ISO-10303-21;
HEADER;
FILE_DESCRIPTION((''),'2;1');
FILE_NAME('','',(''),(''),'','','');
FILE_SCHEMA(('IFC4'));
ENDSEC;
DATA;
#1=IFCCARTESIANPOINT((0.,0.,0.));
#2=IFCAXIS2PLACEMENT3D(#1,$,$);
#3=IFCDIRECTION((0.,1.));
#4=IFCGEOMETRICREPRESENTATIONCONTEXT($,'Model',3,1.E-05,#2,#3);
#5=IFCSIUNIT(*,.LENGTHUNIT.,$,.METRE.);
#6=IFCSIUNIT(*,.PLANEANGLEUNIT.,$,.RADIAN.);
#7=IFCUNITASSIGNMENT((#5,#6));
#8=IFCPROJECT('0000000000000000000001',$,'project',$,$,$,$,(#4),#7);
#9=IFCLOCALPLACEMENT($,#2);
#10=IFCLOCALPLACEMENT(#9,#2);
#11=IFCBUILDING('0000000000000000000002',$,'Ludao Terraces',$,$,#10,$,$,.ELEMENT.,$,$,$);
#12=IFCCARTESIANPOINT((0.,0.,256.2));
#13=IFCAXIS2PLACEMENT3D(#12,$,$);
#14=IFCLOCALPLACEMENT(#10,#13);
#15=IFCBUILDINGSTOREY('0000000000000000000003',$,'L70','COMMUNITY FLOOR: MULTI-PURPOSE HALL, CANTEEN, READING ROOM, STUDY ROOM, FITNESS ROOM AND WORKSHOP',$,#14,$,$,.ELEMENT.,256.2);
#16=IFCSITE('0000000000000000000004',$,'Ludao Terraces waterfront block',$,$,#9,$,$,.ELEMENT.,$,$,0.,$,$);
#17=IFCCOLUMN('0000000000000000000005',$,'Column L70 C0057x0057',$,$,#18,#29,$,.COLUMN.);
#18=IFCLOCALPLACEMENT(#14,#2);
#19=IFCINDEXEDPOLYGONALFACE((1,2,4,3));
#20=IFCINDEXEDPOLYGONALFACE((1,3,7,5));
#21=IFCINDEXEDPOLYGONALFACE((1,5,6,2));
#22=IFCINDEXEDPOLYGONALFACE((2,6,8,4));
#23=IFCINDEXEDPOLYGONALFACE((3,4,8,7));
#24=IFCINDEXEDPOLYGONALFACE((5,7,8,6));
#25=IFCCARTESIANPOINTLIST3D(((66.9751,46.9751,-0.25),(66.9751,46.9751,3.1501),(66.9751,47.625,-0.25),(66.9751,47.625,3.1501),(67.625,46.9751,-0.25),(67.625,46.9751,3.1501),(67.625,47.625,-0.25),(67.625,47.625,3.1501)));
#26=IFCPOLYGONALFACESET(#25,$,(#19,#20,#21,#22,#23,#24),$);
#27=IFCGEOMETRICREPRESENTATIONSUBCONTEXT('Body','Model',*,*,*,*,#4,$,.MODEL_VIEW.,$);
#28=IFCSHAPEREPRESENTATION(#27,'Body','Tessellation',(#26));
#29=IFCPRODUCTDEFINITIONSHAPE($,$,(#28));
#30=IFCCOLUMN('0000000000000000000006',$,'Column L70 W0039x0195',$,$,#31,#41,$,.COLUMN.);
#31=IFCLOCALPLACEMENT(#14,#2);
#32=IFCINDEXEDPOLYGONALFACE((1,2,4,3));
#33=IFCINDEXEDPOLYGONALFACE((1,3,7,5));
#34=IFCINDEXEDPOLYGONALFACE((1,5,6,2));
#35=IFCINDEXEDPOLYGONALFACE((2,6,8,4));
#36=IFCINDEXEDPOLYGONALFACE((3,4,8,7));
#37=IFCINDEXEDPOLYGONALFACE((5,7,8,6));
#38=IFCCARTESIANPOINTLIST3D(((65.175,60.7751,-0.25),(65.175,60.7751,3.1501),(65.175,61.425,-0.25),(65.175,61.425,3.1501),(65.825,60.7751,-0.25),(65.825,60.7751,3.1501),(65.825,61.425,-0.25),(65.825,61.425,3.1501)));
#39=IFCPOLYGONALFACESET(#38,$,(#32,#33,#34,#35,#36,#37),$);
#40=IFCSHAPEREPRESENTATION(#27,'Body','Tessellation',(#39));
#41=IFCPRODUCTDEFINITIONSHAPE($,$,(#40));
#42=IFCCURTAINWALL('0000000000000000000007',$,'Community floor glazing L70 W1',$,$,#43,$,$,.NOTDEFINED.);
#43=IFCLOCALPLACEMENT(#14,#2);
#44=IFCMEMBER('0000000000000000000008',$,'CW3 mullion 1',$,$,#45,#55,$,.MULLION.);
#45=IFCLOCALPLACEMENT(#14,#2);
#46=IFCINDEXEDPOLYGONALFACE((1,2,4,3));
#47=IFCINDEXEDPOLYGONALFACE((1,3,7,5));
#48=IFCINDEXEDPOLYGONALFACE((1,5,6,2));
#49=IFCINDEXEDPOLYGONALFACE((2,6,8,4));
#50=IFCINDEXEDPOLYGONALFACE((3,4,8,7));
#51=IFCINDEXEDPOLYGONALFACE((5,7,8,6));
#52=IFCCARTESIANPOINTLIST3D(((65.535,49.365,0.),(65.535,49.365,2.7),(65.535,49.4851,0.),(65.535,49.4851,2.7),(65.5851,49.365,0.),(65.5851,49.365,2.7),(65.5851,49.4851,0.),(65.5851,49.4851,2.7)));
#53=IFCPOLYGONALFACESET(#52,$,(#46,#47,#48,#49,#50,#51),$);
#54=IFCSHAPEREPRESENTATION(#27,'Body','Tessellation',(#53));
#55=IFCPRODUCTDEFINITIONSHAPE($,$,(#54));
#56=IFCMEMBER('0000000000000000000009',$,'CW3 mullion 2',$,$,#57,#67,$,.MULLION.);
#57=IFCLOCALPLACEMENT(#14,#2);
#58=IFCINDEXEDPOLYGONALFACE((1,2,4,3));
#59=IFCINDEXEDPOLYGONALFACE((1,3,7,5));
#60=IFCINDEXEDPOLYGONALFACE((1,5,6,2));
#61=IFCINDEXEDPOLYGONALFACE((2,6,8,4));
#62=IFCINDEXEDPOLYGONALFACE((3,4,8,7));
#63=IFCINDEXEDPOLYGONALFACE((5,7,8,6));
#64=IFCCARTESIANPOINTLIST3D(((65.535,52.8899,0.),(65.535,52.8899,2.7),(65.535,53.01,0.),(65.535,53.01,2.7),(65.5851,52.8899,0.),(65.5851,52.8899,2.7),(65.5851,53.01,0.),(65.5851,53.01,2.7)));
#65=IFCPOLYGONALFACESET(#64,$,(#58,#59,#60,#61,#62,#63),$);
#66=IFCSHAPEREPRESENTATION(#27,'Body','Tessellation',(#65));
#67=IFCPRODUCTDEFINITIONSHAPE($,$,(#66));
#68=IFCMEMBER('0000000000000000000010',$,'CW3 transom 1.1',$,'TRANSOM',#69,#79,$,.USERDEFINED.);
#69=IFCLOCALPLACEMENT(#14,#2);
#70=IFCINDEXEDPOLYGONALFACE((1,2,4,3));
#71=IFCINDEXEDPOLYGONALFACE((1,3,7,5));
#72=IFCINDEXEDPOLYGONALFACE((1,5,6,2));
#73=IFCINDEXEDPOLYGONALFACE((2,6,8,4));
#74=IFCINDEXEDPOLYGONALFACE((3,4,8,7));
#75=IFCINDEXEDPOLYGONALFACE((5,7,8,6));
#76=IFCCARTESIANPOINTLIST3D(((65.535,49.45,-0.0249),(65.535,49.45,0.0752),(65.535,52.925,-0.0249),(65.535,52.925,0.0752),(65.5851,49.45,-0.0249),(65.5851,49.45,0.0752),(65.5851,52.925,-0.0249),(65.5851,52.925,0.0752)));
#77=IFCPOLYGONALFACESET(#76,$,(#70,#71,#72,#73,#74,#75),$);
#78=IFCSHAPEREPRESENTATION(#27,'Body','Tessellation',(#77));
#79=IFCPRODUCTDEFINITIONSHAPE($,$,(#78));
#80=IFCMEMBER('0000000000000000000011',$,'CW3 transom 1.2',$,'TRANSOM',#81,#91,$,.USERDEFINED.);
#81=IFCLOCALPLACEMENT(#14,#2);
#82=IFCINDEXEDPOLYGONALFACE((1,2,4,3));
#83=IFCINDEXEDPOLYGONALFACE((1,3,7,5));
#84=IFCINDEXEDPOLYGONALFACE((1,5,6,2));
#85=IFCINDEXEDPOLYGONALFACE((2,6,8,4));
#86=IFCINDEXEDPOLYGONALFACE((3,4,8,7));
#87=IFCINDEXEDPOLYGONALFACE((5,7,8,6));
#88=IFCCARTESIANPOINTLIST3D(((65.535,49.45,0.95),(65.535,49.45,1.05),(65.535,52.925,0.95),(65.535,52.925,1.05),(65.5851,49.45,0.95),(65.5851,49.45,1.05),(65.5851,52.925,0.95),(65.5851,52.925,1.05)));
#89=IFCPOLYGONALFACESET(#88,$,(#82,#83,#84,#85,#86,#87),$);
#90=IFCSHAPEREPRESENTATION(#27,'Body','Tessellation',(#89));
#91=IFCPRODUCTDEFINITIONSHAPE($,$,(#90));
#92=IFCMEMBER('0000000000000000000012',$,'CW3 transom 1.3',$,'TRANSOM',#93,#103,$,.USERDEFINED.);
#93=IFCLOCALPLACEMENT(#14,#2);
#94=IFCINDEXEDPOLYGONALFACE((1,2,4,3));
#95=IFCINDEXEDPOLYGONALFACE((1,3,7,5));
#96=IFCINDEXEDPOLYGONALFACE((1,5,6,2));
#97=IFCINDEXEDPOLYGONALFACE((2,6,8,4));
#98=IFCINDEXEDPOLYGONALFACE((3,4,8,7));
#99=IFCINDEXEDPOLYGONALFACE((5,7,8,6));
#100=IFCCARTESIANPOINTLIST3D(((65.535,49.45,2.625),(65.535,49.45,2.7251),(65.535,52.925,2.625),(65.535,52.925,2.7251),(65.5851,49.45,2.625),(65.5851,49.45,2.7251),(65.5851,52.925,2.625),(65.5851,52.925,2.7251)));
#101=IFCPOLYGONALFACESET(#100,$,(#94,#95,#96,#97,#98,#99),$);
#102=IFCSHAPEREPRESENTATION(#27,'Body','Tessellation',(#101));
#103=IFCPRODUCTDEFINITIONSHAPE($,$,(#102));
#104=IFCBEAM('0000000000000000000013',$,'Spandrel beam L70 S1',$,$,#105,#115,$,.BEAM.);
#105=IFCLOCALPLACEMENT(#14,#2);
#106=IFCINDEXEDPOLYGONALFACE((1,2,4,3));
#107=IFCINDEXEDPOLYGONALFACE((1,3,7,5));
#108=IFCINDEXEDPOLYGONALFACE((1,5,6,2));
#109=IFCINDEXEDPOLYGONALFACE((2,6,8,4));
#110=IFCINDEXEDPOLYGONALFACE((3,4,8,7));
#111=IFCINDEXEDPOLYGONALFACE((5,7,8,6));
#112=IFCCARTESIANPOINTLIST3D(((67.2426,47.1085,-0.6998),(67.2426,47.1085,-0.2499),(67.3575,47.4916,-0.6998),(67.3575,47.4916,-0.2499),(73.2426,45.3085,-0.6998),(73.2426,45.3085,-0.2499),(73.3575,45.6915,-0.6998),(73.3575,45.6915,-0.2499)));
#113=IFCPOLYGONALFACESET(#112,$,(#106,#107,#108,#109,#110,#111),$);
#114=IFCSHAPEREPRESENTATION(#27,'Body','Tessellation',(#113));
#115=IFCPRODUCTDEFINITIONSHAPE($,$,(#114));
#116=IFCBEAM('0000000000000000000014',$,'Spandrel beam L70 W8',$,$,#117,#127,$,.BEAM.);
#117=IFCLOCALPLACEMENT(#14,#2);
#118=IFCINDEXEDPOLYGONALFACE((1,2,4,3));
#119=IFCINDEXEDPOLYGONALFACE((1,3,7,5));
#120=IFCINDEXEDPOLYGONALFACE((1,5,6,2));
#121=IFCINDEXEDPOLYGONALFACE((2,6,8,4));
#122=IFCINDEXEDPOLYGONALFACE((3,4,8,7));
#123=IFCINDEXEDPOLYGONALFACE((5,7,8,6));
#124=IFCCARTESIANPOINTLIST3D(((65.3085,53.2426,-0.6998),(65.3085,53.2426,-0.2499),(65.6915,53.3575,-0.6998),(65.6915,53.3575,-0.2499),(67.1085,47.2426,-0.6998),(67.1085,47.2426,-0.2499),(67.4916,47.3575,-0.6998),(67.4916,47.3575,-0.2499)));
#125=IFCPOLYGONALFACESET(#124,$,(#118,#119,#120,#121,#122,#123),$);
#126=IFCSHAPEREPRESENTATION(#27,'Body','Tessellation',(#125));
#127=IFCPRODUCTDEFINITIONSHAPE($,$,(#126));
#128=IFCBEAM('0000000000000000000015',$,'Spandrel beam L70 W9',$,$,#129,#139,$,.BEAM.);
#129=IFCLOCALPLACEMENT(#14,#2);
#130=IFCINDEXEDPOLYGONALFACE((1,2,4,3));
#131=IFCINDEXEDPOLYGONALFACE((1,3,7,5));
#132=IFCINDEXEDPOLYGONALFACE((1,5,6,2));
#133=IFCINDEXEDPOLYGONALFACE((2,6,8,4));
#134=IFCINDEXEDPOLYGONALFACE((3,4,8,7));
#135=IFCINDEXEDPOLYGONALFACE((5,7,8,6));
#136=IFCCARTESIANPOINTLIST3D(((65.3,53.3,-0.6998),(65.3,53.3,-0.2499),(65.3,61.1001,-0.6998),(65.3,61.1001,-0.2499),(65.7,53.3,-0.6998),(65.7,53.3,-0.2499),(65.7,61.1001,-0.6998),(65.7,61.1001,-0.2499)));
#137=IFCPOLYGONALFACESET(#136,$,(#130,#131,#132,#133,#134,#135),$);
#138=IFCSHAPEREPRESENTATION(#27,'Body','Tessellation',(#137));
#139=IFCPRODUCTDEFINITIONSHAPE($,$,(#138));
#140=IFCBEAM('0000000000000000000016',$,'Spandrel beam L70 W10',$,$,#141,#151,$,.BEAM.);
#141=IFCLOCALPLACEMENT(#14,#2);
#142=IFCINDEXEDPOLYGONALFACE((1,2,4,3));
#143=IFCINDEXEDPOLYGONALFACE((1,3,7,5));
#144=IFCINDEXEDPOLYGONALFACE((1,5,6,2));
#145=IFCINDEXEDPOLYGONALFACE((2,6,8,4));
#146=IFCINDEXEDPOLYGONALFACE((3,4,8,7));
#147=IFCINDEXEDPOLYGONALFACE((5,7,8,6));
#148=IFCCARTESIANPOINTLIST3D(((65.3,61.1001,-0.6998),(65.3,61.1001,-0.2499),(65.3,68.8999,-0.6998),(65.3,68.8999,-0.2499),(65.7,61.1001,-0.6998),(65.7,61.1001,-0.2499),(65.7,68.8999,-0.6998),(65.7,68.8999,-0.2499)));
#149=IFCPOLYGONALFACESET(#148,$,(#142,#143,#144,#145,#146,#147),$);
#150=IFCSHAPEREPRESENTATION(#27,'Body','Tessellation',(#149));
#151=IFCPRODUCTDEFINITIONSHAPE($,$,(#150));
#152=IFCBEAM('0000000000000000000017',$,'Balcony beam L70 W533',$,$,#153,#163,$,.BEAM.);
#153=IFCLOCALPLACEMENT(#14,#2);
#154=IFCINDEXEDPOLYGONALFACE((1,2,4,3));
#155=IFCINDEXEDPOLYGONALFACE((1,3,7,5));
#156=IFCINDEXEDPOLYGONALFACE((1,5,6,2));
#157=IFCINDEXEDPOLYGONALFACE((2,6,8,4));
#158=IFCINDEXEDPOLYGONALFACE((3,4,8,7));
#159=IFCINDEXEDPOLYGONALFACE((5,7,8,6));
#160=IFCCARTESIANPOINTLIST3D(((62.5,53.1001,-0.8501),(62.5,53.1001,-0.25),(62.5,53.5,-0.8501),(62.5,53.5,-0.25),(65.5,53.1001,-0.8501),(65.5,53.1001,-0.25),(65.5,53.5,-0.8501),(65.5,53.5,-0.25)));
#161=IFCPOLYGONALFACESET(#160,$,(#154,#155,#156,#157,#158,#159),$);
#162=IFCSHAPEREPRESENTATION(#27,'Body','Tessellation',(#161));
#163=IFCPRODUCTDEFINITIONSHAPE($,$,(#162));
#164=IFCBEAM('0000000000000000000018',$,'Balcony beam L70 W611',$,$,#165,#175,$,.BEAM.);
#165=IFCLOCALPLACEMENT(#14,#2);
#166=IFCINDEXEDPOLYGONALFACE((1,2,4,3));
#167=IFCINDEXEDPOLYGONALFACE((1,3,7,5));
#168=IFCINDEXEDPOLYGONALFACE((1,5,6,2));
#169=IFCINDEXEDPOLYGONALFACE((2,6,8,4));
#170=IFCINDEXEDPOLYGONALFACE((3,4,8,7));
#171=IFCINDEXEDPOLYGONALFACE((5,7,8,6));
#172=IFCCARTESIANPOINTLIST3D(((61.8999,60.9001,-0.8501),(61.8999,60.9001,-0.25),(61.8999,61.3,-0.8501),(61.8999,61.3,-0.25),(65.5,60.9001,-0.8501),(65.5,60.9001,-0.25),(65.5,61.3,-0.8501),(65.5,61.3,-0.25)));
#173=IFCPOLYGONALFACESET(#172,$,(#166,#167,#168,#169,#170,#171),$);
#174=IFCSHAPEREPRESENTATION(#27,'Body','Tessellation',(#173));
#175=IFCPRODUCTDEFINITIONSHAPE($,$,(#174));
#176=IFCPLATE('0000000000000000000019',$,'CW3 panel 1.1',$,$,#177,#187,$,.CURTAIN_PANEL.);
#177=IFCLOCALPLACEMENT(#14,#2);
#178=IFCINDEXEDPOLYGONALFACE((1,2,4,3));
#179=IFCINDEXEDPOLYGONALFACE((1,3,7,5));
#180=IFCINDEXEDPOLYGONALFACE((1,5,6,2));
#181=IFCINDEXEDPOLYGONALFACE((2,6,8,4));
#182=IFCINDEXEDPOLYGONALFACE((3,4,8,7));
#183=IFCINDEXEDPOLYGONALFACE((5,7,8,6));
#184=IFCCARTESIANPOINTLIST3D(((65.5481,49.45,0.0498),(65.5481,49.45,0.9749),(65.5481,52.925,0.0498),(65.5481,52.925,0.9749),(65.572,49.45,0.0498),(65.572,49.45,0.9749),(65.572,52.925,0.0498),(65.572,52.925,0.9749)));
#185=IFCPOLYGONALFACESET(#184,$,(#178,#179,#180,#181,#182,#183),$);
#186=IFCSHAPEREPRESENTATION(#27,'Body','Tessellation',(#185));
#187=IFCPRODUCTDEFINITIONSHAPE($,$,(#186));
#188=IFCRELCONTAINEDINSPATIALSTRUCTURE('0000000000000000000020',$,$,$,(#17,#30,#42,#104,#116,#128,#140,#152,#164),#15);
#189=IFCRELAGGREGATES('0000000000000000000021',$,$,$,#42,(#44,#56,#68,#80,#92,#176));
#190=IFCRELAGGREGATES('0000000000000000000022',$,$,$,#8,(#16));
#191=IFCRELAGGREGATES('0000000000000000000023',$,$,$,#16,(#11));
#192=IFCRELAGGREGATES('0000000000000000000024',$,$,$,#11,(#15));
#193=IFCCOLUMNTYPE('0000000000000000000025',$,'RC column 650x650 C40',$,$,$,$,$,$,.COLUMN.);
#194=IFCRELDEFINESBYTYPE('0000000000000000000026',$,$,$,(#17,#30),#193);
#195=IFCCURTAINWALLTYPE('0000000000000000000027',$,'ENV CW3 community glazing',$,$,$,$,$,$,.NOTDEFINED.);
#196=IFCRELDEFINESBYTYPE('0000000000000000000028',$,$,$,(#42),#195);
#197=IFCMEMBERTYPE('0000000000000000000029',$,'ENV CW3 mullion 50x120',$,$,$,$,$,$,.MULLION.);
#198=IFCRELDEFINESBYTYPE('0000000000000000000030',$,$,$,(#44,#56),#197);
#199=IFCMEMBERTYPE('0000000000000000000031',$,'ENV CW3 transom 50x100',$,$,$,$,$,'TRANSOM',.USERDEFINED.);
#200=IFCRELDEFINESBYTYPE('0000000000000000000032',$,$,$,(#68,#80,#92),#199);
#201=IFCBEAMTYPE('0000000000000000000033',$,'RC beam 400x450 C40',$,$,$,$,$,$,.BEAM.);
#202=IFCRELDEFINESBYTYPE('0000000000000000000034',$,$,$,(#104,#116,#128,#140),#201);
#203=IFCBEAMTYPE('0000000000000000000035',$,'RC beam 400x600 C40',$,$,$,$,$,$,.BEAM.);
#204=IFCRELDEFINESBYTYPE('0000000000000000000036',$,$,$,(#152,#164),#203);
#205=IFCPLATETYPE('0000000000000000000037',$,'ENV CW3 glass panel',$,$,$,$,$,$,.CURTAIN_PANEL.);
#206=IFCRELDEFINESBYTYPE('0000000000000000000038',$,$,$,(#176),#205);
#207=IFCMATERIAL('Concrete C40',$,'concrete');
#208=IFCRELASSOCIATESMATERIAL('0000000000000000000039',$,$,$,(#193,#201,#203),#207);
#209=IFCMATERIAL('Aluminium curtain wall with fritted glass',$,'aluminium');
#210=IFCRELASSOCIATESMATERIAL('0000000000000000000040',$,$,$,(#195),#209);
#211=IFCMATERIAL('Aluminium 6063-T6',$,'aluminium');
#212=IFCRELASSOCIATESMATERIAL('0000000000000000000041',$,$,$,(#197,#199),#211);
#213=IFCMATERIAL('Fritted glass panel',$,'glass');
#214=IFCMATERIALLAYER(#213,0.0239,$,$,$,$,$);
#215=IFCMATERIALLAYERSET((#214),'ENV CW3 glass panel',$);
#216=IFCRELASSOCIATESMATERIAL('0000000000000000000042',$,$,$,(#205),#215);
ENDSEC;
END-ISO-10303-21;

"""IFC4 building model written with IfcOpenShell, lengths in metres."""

from ifc_helpers import new_model, si_unit, direction, frame, origin, origin_2d, place, context, subcontext, project, spatial, rectangle, extrude, material, layer, layer_set, material_profile, profile_set, type_object, element, aggregate, save


model = new_model("IFC4")

# Units and contexts
model_context = context("Model", 3, precision=1e-05, world=origin(), true_north=direction((0.0, 1.0)))
body_context = subcontext(model_context, "Body", "Model", "MODEL_VIEW")
ifc_project = project(units=[si_unit("LENGTHUNIT", "METRE"), si_unit("PLANEANGLEUNIT", "RADIAN")], contexts=[model_context])

# Site, building, storey
site_placement = place(None, origin())
site = spatial("IfcSite", under=ifc_project, at=site_placement, Name="Ludao Terraces waterfront block", CompositionType="ELEMENT", RefElevation=0.0)
building_placement = place(site_placement, origin())
building = spatial("IfcBuilding", under=site, at=building_placement, Name="Ludao Terraces", CompositionType="ELEMENT")
storey_placement = place(building_placement, frame((0.0, 0.0, 256.2)))
storey = spatial("IfcBuildingStorey", under=building, at=storey_placement, Name="L70", Description="COMMUNITY FLOOR: MULTI-PURPOSE HALL, CANTEEN, READING ROOM, STUDY ROOM, FITNESS ROOM AND WORKSHOP", CompositionType="ELEMENT", Elevation=256.2)

# Columns
ifc_material_1 = material(Name="Concrete C40", Category="concrete")
ifc_material_profile_1 = material_profile(ifc_material_1, rectangle(XDim=0.6499, YDim=0.6499, at=origin_2d()), Name="650 X 650")
ifc_profile_set_1 = profile_set([ifc_material_profile_1], Name="Concrete C40")
column_type = type_object("IfcColumnType", Name="RC column 650x650 C40", PredefinedType="COLUMN", material=ifc_profile_set_1)
for number, where, z_axis, x_axis, name in (
    (1, (67.3, 47.3, -0.25), (0.0, 0.0, 1.0), (1.0, 0.0, 0.0), "Column L70 C0057x0057"),
    (2, (65.5, 61.1001, -0.25), (0.0, 0.0, 1.0), (1.0, 0.0, 0.0), "Column L70 W0039x0195"),
):
    element("IfcColumn", number, at=place(storey_placement, frame(where, z_axis=z_axis, x_axis=x_axis)), inside=storey, type_object=column_type, Name=name, PredefinedType="COLUMN", context=body_context, shape_type="SweptSolid", body=[
        extrude(rectangle(XDim=0.6499, YDim=0.6499, at=origin_2d()), origin(), (0.0, 0.0, 1.0), 3.4001),
    ])

# Curtain wall, members
ifc_material_2 = material(Name="Aluminium curtain wall with fritted glass", Category="aluminium")
curtain_wall_type = type_object("IfcCurtainWallType", Name="ENV CW3 community glazing", PredefinedType="NOTDEFINED", material=ifc_material_2)
curtain_wall_placement = place(storey_placement, origin())
curtain_wall = element("IfcCurtainWall", 3, at=curtain_wall_placement, inside=storey, type_object=curtain_wall_type, Name="Community floor glazing L70 W1", PredefinedType="NOTDEFINED")
ifc_material_3 = material(Name="Aluminium 6063-T6", Category="aluminium")
ifc_material_profile_2 = material_profile(ifc_material_3, rectangle(XDim=0.05, YDim=0.1201, at=origin_2d()), Name="50 X 120")
ifc_profile_set_2 = profile_set([ifc_material_profile_2], Name="Aluminium 6063-T6")
member_type_1 = type_object("IfcMemberType", Name="ENV CW3 mullion 50x120", PredefinedType="MULLION", material=ifc_profile_set_2)
member_1_placement = place(storey_placement, frame((65.5601, 49.425, 0.0), z_axis=(0.0, 0.0, 1.0), x_axis=(-1.0, 0.0, 0.0)))
member_1 = element("IfcMember", 4, at=member_1_placement, type_object=member_type_1, Name="CW3 mullion 1", PredefinedType="MULLION", context=body_context, shape_type="SweptSolid", body=[
    extrude(rectangle(XDim=0.05, YDim=0.1201, at=origin_2d()), origin(), (0.0, 0.0, 1.0), 2.7),
])
member_2_placement = place(storey_placement, frame((65.5601, 52.95, 0.0), z_axis=(0.0, 0.0, 1.0), x_axis=(-1.0, 0.0, 0.0)))
member_2 = element("IfcMember", 5, at=member_2_placement, type_object=member_type_1, Name="CW3 mullion 2", PredefinedType="MULLION", context=body_context, shape_type="SweptSolid", body=[
    extrude(rectangle(XDim=0.05, YDim=0.1201, at=origin_2d()), origin(), (0.0, 0.0, 1.0), 2.7),
])
ifc_material_profile_3 = material_profile(ifc_material_3, rectangle(XDim=0.05, YDim=0.1001, at=origin_2d()), Name="50 X 100")
ifc_profile_set_3 = profile_set([ifc_material_profile_3], Name="Aluminium 6063-T6")
member_type_2 = type_object("IfcMemberType", Name="ENV CW3 transom 50x100", ElementType="TRANSOM", PredefinedType="USERDEFINED", material=ifc_profile_set_3)
member_3_placement = place(storey_placement, frame((65.5601, 49.45, 0.0251), z_axis=(0.0, 1.0, 0.0), x_axis=(-1.0, 0.0, 0.0)))
member_3 = element("IfcMember", 6, at=member_3_placement, type_object=member_type_2, Name="CW3 transom 1.1", ObjectType="TRANSOM", PredefinedType="USERDEFINED", context=body_context, shape_type="SweptSolid", body=[
    extrude(rectangle(XDim=0.05, YDim=0.1001, at=origin_2d()), origin(), (0.0, 0.0, 1.0), 3.4751),
])
member_4_placement = place(storey_placement, frame((65.5601, 49.45, 1.0), z_axis=(0.0, 1.0, 0.0), x_axis=(-1.0, 0.0, 0.0)))
member_4 = element("IfcMember", 7, at=member_4_placement, type_object=member_type_2, Name="CW3 transom 1.2", ObjectType="TRANSOM", PredefinedType="USERDEFINED", context=body_context, shape_type="SweptSolid", body=[
    extrude(rectangle(XDim=0.05, YDim=0.1001, at=origin_2d()), origin(), (0.0, 0.0, 1.0), 3.4751),
])
member_5_placement = place(storey_placement, frame((65.5601, 49.45, 2.675), z_axis=(0.0, 1.0, 0.0), x_axis=(-1.0, 0.0, 0.0)))
member_5 = element("IfcMember", 8, at=member_5_placement, type_object=member_type_2, Name="CW3 transom 1.3", ObjectType="TRANSOM", PredefinedType="USERDEFINED", context=body_context, shape_type="SweptSolid", body=[
    extrude(rectangle(XDim=0.05, YDim=0.1001, at=origin_2d()), origin(), (0.0, 0.0, 1.0), 3.4751),
])

# Beams
ifc_material_profile_4 = material_profile(ifc_material_1, rectangle(XDim=0.3999, YDim=0.45, at=origin_2d()), Name="400 X 450")
ifc_profile_set_4 = profile_set([ifc_material_profile_4], Name="Concrete C40")
beam_type_1 = type_object("IfcBeamType", Name="RC beam 400x450 C40", PredefinedType="BEAM", material=ifc_profile_set_4)
for number, where, z_axis, x_axis, name in (
    (9, (67.3, 47.3, -0.4749), (0.957824, -0.287355, 0.0), (0.287355, 0.957824, 0.0), "Spandrel beam L70 S1"),
    (10, (67.3, 47.3, -0.4749), (-0.287355, 0.957824, 0.0), (-0.957824, -0.287355, 0.0), "Spandrel beam L70 W8"),
):
    element("IfcBeam", number, at=place(storey_placement, frame(where, z_axis=z_axis, x_axis=x_axis)), inside=storey, type_object=beam_type_1, Name=name, PredefinedType="BEAM", context=body_context, shape_type="SweptSolid", body=[
        extrude(rectangle(XDim=0.3999, YDim=0.45, at=origin_2d()), origin(), (0.0, 0.0, 1.0), 6.2642),
    ])
beam_1_placement = place(storey_placement, frame((65.5, 53.3, -0.4749), z_axis=(0.0, 1.0, 0.0), x_axis=(-1.0, 0.0, 0.0)))
element("IfcBeam", 11, at=beam_1_placement, inside=storey, type_object=beam_type_1, Name="Spandrel beam L70 W9", PredefinedType="BEAM", context=body_context, shape_type="SweptSolid", body=[
    extrude(rectangle(XDim=0.3999, YDim=0.45, at=origin_2d()), origin(), (0.0, 0.0, 1.0), 7.8),
])
beam_2_placement = place(storey_placement, frame((65.5, 61.1001, -0.4749), z_axis=(0.0, 1.0, 0.0), x_axis=(-1.0, 0.0, 0.0)))
element("IfcBeam", 12, at=beam_2_placement, inside=storey, type_object=beam_type_1, Name="Spandrel beam L70 W10", PredefinedType="BEAM", context=body_context, shape_type="SweptSolid", body=[
    extrude(rectangle(XDim=0.3999, YDim=0.45, at=origin_2d()), origin(), (0.0, 0.0, 1.0), 7.7998),
])
ifc_material_profile_5 = material_profile(ifc_material_1, rectangle(XDim=0.3999, YDim=0.6001, at=origin_2d()), Name="400 X 600")
ifc_profile_set_5 = profile_set([ifc_material_profile_5], Name="Concrete C40")
beam_type_2 = type_object("IfcBeamType", Name="RC beam 400x600 C40", PredefinedType="BEAM", material=ifc_profile_set_5)
beam_3_placement = place(storey_placement, frame((65.5, 53.3, -0.55), z_axis=(-1.0, 0.0, 0.0), x_axis=(0.0, -1.0, 0.0)))
element("IfcBeam", 13, at=beam_3_placement, inside=storey, type_object=beam_type_2, Name="Balcony beam L70 W533", PredefinedType="BEAM", context=body_context, shape_type="SweptSolid", body=[
    extrude(rectangle(XDim=0.3999, YDim=0.6001, at=origin_2d()), origin(), (0.0, 0.0, 1.0), 3.0),
])
beam_4_placement = place(storey_placement, frame((65.5, 61.1001, -0.55), z_axis=(-1.0, 0.0, 0.0), x_axis=(0.0, -1.0, 0.0)))
element("IfcBeam", 14, at=beam_4_placement, inside=storey, type_object=beam_type_2, Name="Balcony beam L70 W611", PredefinedType="BEAM", context=body_context, shape_type="SweptSolid", body=[
    extrude(rectangle(XDim=0.3999, YDim=0.6001, at=origin_2d()), origin(), (0.0, 0.0, 1.0), 3.6001),
])

# Plate
ifc_material_4 = material(Name="Fritted glass panel", Category="glass")
ifc_layer_1 = layer(ifc_material_4, 0.0239)
ifc_layer_set_1 = layer_set([ifc_layer_1], Name="ENV CW3 glass panel")
plate_type = type_object("IfcPlateType", Name="ENV CW3 glass panel", PredefinedType="CURTAIN_PANEL", material=ifc_layer_set_1)
plate_1_placement = place(storey_placement, frame((65.5601, 51.1875, 0.0498), z_axis=(0.0, 0.0, 1.0), x_axis=(0.0, 1.0, 0.0)))
plate_1 = element("IfcPlate", 15, at=plate_1_placement, type_object=plate_type, Name="CW3 panel 1.1", PredefinedType="CURTAIN_PANEL", context=body_context, shape_type="SweptSolid", body=[
    extrude(rectangle(XDim=3.4751, YDim=0.0239, at=origin_2d()), origin(), (0.0, 0.0, 1.0), 0.925),
])
aggregate(curtain_wall, [member_1, member_2, member_3, member_4, member_5, plate_1])

save(model, "model.ifc")
